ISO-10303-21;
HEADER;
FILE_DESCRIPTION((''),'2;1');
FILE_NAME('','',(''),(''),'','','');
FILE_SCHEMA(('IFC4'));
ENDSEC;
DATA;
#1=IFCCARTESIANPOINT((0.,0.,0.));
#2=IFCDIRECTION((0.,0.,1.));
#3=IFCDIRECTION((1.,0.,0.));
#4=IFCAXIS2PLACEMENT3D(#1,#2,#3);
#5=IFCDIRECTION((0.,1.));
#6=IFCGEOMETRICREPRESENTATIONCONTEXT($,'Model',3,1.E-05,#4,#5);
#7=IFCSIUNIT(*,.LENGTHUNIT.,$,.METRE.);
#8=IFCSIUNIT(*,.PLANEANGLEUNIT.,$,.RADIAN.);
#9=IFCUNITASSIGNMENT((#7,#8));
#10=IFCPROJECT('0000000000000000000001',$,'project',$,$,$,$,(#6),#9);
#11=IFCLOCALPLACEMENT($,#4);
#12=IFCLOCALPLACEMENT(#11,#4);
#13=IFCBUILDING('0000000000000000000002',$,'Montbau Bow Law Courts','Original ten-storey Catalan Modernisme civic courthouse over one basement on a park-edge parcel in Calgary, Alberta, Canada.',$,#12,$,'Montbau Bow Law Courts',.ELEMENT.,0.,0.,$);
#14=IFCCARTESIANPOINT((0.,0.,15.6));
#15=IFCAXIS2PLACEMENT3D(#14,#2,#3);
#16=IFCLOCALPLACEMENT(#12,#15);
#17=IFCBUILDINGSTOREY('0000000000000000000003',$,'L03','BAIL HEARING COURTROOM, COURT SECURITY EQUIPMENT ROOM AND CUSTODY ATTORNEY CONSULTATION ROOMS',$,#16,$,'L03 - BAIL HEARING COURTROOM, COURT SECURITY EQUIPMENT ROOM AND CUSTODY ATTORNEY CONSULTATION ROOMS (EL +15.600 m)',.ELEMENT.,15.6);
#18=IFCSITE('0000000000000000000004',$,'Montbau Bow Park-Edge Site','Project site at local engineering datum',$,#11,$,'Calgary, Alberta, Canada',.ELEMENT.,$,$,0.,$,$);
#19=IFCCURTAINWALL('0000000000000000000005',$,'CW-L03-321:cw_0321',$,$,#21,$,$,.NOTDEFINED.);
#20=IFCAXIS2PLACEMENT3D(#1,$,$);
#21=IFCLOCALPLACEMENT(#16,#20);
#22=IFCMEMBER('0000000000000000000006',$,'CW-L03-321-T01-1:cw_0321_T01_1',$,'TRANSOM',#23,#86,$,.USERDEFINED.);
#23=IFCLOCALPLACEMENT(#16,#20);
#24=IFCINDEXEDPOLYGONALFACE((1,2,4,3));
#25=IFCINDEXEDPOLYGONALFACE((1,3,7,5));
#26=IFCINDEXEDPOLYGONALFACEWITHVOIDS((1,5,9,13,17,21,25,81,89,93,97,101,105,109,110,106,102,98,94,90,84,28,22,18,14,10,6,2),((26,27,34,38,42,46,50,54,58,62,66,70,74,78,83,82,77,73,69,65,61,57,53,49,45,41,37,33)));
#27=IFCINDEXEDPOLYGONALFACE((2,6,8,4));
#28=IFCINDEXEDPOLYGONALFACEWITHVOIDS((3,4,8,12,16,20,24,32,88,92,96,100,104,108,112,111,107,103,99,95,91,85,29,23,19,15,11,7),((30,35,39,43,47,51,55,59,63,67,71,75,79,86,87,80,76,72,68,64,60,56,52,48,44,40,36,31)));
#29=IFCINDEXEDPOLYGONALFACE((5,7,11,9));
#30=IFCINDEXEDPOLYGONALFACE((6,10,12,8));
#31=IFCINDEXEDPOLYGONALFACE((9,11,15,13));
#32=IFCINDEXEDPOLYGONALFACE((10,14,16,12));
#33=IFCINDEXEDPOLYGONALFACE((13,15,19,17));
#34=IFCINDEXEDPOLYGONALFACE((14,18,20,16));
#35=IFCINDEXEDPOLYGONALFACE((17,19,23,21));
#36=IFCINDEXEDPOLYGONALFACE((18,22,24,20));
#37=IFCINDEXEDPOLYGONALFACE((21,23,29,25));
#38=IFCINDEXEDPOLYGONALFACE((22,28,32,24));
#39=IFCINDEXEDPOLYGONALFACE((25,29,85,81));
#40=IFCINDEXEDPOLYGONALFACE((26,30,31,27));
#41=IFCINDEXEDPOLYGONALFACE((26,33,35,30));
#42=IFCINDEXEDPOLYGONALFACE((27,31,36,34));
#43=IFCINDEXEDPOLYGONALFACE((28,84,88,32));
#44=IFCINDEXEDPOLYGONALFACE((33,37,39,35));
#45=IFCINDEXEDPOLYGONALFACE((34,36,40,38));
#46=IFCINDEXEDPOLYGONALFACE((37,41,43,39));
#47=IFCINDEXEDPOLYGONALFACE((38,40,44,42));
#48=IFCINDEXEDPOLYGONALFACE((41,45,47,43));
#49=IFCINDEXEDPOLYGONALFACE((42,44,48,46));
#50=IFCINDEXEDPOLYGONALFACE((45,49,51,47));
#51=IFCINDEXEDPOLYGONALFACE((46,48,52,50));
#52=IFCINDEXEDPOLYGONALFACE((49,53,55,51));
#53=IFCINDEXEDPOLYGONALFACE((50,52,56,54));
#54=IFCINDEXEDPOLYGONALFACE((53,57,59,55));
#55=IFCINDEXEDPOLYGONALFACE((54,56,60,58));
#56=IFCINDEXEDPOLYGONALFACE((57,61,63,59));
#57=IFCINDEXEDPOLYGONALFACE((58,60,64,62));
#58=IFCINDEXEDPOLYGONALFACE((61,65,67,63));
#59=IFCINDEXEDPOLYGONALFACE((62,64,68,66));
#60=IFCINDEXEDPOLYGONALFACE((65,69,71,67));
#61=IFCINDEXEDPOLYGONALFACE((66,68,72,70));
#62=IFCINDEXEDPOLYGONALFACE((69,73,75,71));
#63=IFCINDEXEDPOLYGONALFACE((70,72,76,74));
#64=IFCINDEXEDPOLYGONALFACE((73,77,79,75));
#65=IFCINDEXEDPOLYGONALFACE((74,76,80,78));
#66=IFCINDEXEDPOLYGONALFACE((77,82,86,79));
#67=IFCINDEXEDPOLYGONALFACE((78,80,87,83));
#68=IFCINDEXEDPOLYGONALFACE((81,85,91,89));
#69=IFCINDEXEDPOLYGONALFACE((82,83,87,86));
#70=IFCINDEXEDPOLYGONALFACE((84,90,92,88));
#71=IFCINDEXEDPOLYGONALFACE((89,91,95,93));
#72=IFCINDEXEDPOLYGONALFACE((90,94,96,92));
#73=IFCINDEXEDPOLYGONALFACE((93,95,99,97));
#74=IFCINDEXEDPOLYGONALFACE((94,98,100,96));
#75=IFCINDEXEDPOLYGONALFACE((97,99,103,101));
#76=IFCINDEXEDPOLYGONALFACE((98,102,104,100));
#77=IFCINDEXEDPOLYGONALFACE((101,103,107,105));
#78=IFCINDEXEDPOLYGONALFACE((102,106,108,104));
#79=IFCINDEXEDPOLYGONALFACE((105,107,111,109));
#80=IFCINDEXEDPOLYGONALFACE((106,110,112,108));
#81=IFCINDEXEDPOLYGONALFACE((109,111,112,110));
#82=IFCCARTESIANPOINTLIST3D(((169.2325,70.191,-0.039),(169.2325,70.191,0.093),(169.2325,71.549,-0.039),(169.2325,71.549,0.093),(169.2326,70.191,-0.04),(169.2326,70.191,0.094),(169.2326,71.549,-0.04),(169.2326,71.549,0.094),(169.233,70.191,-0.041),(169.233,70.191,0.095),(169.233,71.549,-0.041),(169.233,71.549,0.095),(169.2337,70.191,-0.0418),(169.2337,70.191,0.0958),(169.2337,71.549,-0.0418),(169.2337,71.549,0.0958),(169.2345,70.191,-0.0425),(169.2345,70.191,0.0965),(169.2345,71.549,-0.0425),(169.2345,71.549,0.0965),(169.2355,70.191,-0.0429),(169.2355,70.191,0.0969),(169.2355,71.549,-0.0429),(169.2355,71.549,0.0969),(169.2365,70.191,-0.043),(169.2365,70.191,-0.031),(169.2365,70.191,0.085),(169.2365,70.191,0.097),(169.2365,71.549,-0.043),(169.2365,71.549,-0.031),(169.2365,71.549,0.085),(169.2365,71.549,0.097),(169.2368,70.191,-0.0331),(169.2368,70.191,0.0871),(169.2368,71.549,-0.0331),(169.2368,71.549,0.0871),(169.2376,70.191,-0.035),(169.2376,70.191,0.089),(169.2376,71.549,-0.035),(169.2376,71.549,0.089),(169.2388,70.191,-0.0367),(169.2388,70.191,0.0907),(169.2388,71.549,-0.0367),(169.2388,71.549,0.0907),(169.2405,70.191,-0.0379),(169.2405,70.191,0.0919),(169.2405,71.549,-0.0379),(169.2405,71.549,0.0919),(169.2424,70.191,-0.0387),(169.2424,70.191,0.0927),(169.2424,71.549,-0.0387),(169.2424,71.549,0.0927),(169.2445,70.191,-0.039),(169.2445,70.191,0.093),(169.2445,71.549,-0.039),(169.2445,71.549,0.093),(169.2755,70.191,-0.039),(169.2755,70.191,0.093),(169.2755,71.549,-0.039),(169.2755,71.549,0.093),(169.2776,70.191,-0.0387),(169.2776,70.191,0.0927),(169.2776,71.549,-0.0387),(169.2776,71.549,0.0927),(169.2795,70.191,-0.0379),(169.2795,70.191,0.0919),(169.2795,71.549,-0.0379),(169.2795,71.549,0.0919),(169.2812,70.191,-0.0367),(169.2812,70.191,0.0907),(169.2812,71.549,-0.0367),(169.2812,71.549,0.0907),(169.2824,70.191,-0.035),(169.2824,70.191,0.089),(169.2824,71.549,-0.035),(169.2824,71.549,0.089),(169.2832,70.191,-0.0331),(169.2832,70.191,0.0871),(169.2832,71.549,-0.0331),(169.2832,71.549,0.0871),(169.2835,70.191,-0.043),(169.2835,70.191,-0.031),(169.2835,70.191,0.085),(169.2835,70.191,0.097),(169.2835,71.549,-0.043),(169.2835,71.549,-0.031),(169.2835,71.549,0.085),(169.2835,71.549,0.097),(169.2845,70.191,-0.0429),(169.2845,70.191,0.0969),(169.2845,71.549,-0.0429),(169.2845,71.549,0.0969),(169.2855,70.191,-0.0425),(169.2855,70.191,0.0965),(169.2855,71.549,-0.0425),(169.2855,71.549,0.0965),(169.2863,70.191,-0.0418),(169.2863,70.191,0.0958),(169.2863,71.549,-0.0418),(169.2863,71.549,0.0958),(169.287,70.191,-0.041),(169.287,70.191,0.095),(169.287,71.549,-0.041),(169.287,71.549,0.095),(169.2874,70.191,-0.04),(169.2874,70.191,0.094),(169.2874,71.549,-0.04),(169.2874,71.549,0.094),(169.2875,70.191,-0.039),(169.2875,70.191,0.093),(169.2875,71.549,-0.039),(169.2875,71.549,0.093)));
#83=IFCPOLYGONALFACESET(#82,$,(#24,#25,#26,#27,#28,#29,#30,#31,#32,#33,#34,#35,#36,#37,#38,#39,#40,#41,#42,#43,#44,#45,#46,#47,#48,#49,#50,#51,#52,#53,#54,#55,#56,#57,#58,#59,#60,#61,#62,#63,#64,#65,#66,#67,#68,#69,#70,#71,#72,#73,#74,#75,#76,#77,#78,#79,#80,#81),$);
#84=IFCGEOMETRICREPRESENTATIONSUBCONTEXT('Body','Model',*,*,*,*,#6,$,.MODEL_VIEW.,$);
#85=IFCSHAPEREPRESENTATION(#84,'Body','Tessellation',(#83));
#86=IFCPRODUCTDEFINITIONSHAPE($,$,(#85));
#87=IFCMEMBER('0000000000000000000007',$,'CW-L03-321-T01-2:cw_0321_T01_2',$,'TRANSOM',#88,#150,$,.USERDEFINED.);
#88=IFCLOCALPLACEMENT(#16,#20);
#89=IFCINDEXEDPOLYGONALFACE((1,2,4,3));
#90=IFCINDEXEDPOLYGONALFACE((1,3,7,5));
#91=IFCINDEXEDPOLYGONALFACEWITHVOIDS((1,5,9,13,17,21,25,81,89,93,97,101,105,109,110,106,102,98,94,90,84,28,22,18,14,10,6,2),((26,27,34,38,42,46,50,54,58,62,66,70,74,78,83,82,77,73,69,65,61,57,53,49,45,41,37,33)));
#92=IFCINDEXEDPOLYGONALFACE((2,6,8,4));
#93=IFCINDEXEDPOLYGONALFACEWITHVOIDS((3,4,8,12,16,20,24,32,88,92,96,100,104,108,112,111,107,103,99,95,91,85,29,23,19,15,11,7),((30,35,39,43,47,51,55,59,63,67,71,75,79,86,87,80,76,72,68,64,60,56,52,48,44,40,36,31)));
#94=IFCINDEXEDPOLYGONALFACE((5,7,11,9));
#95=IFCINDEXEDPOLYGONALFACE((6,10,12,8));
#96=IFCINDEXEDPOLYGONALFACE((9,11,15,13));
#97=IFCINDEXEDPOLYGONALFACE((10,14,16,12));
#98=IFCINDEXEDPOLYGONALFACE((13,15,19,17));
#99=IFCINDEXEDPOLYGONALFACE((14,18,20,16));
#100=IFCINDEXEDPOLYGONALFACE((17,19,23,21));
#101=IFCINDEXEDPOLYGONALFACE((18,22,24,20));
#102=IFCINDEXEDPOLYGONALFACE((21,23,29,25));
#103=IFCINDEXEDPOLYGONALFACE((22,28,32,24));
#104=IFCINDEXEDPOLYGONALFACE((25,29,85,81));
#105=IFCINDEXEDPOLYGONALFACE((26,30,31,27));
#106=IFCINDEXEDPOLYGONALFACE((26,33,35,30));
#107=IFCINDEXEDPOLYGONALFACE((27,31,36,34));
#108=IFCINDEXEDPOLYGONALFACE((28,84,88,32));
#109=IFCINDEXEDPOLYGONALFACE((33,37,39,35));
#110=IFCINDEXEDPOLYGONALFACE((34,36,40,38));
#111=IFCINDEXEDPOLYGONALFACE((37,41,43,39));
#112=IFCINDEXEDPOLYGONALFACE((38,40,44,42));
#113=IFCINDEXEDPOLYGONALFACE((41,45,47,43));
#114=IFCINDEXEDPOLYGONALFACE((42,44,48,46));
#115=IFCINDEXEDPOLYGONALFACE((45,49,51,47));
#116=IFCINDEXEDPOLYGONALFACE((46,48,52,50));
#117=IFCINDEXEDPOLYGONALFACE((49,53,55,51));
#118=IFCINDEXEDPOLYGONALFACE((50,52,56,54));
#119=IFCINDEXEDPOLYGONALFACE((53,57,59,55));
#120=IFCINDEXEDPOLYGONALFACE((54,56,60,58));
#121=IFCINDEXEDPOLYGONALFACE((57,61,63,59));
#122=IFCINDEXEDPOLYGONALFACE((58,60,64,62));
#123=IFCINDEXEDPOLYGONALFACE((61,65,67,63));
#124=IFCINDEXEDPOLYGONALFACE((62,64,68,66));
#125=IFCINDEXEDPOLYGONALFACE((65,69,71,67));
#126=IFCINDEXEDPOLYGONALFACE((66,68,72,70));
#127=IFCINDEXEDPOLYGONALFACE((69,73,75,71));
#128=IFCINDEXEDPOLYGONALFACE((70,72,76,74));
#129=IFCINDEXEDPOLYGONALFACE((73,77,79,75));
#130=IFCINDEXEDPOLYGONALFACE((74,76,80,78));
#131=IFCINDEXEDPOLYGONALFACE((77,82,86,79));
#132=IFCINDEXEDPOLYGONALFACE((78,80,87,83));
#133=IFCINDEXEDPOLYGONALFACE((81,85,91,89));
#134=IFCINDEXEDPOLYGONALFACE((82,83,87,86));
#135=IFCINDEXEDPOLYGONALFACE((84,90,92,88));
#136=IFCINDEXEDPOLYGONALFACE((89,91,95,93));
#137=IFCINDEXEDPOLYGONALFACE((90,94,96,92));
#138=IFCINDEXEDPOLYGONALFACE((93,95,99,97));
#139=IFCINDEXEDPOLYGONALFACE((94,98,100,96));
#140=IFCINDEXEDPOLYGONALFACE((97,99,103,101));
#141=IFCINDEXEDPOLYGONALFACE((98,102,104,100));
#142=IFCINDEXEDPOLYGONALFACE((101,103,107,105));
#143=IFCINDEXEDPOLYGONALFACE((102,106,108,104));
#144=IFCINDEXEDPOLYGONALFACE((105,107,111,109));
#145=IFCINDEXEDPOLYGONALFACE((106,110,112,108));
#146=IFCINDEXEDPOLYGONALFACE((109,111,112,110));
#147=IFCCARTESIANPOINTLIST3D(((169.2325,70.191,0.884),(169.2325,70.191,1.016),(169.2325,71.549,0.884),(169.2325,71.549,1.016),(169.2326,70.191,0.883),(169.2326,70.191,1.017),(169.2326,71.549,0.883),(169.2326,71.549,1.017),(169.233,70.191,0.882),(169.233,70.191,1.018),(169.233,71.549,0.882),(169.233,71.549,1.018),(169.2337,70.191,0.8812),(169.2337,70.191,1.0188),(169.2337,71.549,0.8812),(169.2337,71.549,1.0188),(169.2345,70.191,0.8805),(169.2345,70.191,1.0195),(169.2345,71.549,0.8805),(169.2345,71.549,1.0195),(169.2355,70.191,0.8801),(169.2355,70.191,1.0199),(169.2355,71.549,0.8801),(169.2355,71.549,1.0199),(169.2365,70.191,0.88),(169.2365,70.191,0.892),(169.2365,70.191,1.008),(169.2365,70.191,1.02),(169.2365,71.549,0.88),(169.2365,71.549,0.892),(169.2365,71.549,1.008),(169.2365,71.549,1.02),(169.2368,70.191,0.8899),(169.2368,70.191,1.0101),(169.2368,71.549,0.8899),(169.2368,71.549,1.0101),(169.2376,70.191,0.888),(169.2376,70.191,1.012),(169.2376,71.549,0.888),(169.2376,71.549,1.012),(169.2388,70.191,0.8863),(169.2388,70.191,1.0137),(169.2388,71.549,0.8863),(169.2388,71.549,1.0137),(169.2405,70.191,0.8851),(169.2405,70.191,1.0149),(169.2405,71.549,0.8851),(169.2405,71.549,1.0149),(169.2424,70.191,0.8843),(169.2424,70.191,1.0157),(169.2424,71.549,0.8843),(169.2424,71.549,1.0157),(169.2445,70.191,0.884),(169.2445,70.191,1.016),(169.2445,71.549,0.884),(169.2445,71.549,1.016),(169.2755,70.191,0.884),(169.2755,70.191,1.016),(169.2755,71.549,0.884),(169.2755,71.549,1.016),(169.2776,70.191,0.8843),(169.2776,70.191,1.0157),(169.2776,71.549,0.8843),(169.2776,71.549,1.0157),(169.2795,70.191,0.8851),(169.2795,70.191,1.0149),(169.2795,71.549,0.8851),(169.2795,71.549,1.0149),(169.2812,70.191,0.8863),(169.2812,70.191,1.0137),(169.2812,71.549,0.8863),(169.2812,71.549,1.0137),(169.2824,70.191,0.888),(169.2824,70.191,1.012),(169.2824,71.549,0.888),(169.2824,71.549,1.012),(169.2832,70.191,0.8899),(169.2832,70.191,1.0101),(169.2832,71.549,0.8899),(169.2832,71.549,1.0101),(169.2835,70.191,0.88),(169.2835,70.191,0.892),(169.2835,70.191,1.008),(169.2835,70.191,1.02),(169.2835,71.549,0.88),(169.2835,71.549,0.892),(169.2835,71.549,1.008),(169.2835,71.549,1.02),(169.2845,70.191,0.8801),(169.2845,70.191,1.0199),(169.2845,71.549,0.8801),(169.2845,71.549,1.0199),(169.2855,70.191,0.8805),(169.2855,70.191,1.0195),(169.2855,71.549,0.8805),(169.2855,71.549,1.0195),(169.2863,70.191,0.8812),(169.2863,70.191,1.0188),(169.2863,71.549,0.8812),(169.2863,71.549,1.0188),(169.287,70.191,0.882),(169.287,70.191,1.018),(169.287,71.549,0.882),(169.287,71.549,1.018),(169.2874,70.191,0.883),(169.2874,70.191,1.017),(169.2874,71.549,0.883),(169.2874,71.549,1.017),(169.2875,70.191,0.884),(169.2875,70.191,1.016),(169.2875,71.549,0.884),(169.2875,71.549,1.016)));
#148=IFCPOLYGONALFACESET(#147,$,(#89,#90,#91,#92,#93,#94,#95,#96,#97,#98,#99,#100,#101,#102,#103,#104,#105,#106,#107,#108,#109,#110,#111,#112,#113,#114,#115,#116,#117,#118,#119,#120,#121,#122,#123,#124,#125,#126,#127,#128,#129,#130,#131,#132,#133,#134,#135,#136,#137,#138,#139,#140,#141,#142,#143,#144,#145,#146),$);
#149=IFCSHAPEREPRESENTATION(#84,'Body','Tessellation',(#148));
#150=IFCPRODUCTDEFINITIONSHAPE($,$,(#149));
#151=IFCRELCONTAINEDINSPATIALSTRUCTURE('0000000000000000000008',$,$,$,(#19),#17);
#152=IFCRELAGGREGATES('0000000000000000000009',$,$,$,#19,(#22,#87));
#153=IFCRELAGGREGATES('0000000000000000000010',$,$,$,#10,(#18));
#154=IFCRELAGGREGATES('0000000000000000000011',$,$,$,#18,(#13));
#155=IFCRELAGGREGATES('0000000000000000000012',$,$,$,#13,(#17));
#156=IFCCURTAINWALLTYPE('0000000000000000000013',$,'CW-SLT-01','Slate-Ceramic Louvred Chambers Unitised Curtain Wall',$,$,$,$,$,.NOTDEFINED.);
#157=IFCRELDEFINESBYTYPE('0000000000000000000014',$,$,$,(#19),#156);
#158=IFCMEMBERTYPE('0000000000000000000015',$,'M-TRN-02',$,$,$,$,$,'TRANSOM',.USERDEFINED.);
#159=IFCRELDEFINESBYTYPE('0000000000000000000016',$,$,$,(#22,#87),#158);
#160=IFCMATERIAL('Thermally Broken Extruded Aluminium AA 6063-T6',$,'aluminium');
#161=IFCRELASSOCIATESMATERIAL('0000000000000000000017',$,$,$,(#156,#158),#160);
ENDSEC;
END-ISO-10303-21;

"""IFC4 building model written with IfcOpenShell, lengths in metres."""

from ifc_helpers import new_model, si_unit, direction, frame, origin_with_axes, origin_2d_with_axis, place, context, subcontext, project, spatial, hollow_rectangle, extrude, material, material_profile, profile_set, type_object, element, aggregate, save


model = new_model("IFC4")

# Units and contexts
model_context = context("Model", 3, precision=1e-05, world=origin_with_axes(), true_north=direction((0.0, 1.0)))
body_context = subcontext(model_context, "Body", "Model", "MODEL_VIEW")
ifc_project = project(units=[si_unit("LENGTHUNIT", "METRE"), si_unit("PLANEANGLEUNIT", "RADIAN")], contexts=[model_context])

# Site, building, storey
site_placement = place(None, origin_with_axes())
site = spatial("IfcSite", under=ifc_project, at=site_placement, Name="Montbau Bow Park-Edge Site", Description="Project site at local engineering datum", LongName="Calgary, Alberta, Canada", CompositionType="ELEMENT", RefElevation=0.0)
building_placement = place(site_placement, origin_with_axes())
building = spatial("IfcBuilding", under=site, at=building_placement, Name="Montbau Bow Law Courts", Description="Original ten-storey Catalan Modernisme civic courthouse over one basement on a park-edge parcel in Calgary, Alberta, Canada.", LongName="Montbau Bow Law Courts", CompositionType="ELEMENT", ElevationOfRefHeight=0.0, ElevationOfTerrain=0.0)
storey_placement = place(building_placement, frame((0.0, 0.0, 15.6), z_axis=(0.0, 0.0, 1.0), x_axis=(1.0, 0.0, 0.0)))
storey = spatial("IfcBuildingStorey", under=building, at=storey_placement, Name="L03", Description="BAIL HEARING COURTROOM, COURT SECURITY EQUIPMENT ROOM AND CUSTODY ATTORNEY CONSULTATION ROOMS", LongName="L03 - BAIL HEARING COURTROOM, COURT SECURITY EQUIPMENT ROOM AND CUSTODY ATTORNEY CONSULTATION ROOMS (EL +15.600 m)", CompositionType="ELEMENT", Elevation=15.6)

# Shared definitions
ifc_material_1 = material(Name="Thermally Broken Extruded Aluminium AA 6063-T6", Category="aluminium")
curtain_wall_type = type_object("IfcCurtainWallType", Name="CW-SLT-01", Description="Slate-Ceramic Louvred Chambers Unitised Curtain Wall", PredefinedType="NOTDEFINED", material=ifc_material_1)

# Curtain wall
curtain_wall_1_placement = place(None, frame((169.26, 70.115, 15.6), z_axis=(0.0, 0.0, 1.0), x_axis=(1.0, 0.0, 0.0)))
curtain_wall_1 = element("IfcCurtainWall", 1, at=curtain_wall_1_placement, inside=storey, type_object=curtain_wall_type, Name="CW-L03-321:cw_0321", PredefinedType="NOTDEFINED")

# Members
ifc_material_profile_1 = material_profile(ifc_material_1, hollow_rectangle(XDim=0.055, YDim=0.14, WallThickness=0.004, InnerFilletRadius=0.008, OuterFilletRadius=0.004, at=origin_2d_with_axis()), Name="CWT-140X55", Category="Main", Priority=0)
ifc_profile_set_1 = profile_set([ifc_material_profile_1], Name="Thermally Broken Extruded Aluminium AA 6063-T6")
member_type_1 = type_object("IfcMemberType", Name="M-TRN-02", ElementType="TRANSOM", PredefinedType="USERDEFINED", material=ifc_profile_set_1)
member_1_placement = place(None, frame((169.26, 70.191, 15.627), z_axis=(0.0, 1.0, 0.0), x_axis=(-1.0, 0.0, 0.0)))
member_1 = element("IfcMember", 2, at=member_1_placement, type_object=member_type_1, Name="CW-L03-321-T01-1:cw_0321_T01_1", ObjectType="TRANSOM", PredefinedType="USERDEFINED", context=body_context, shape_type="SweptSolid", body=[
    extrude(hollow_rectangle(XDim=0.055, YDim=0.14, WallThickness=0.004, InnerFilletRadius=0.008, OuterFilletRadius=0.004, at=origin_2d_with_axis()), origin_with_axes(), (0.0, 0.0, 1.0), 1.358),
])
member_2_placement = place(None, frame((169.26, 70.191, 16.55), z_axis=(0.0, 1.0, 0.0), x_axis=(-1.0, 0.0, 0.0)))
member_2 = element("IfcMember", 3, at=member_2_placement, type_object=member_type_1, Name="CW-L03-321-T01-2:cw_0321_T01_2", ObjectType="TRANSOM", PredefinedType="USERDEFINED", context=body_context, shape_type="SweptSolid", body=[
    extrude(hollow_rectangle(XDim=0.055, YDim=0.14, WallThickness=0.004, InnerFilletRadius=0.008, OuterFilletRadius=0.004, at=origin_2d_with_axis()), origin_with_axes(), (0.0, 0.0, 1.0), 1.358),
])

aggregate(curtain_wall_1, [member_1, member_2])

save(model, "model.ifc")
